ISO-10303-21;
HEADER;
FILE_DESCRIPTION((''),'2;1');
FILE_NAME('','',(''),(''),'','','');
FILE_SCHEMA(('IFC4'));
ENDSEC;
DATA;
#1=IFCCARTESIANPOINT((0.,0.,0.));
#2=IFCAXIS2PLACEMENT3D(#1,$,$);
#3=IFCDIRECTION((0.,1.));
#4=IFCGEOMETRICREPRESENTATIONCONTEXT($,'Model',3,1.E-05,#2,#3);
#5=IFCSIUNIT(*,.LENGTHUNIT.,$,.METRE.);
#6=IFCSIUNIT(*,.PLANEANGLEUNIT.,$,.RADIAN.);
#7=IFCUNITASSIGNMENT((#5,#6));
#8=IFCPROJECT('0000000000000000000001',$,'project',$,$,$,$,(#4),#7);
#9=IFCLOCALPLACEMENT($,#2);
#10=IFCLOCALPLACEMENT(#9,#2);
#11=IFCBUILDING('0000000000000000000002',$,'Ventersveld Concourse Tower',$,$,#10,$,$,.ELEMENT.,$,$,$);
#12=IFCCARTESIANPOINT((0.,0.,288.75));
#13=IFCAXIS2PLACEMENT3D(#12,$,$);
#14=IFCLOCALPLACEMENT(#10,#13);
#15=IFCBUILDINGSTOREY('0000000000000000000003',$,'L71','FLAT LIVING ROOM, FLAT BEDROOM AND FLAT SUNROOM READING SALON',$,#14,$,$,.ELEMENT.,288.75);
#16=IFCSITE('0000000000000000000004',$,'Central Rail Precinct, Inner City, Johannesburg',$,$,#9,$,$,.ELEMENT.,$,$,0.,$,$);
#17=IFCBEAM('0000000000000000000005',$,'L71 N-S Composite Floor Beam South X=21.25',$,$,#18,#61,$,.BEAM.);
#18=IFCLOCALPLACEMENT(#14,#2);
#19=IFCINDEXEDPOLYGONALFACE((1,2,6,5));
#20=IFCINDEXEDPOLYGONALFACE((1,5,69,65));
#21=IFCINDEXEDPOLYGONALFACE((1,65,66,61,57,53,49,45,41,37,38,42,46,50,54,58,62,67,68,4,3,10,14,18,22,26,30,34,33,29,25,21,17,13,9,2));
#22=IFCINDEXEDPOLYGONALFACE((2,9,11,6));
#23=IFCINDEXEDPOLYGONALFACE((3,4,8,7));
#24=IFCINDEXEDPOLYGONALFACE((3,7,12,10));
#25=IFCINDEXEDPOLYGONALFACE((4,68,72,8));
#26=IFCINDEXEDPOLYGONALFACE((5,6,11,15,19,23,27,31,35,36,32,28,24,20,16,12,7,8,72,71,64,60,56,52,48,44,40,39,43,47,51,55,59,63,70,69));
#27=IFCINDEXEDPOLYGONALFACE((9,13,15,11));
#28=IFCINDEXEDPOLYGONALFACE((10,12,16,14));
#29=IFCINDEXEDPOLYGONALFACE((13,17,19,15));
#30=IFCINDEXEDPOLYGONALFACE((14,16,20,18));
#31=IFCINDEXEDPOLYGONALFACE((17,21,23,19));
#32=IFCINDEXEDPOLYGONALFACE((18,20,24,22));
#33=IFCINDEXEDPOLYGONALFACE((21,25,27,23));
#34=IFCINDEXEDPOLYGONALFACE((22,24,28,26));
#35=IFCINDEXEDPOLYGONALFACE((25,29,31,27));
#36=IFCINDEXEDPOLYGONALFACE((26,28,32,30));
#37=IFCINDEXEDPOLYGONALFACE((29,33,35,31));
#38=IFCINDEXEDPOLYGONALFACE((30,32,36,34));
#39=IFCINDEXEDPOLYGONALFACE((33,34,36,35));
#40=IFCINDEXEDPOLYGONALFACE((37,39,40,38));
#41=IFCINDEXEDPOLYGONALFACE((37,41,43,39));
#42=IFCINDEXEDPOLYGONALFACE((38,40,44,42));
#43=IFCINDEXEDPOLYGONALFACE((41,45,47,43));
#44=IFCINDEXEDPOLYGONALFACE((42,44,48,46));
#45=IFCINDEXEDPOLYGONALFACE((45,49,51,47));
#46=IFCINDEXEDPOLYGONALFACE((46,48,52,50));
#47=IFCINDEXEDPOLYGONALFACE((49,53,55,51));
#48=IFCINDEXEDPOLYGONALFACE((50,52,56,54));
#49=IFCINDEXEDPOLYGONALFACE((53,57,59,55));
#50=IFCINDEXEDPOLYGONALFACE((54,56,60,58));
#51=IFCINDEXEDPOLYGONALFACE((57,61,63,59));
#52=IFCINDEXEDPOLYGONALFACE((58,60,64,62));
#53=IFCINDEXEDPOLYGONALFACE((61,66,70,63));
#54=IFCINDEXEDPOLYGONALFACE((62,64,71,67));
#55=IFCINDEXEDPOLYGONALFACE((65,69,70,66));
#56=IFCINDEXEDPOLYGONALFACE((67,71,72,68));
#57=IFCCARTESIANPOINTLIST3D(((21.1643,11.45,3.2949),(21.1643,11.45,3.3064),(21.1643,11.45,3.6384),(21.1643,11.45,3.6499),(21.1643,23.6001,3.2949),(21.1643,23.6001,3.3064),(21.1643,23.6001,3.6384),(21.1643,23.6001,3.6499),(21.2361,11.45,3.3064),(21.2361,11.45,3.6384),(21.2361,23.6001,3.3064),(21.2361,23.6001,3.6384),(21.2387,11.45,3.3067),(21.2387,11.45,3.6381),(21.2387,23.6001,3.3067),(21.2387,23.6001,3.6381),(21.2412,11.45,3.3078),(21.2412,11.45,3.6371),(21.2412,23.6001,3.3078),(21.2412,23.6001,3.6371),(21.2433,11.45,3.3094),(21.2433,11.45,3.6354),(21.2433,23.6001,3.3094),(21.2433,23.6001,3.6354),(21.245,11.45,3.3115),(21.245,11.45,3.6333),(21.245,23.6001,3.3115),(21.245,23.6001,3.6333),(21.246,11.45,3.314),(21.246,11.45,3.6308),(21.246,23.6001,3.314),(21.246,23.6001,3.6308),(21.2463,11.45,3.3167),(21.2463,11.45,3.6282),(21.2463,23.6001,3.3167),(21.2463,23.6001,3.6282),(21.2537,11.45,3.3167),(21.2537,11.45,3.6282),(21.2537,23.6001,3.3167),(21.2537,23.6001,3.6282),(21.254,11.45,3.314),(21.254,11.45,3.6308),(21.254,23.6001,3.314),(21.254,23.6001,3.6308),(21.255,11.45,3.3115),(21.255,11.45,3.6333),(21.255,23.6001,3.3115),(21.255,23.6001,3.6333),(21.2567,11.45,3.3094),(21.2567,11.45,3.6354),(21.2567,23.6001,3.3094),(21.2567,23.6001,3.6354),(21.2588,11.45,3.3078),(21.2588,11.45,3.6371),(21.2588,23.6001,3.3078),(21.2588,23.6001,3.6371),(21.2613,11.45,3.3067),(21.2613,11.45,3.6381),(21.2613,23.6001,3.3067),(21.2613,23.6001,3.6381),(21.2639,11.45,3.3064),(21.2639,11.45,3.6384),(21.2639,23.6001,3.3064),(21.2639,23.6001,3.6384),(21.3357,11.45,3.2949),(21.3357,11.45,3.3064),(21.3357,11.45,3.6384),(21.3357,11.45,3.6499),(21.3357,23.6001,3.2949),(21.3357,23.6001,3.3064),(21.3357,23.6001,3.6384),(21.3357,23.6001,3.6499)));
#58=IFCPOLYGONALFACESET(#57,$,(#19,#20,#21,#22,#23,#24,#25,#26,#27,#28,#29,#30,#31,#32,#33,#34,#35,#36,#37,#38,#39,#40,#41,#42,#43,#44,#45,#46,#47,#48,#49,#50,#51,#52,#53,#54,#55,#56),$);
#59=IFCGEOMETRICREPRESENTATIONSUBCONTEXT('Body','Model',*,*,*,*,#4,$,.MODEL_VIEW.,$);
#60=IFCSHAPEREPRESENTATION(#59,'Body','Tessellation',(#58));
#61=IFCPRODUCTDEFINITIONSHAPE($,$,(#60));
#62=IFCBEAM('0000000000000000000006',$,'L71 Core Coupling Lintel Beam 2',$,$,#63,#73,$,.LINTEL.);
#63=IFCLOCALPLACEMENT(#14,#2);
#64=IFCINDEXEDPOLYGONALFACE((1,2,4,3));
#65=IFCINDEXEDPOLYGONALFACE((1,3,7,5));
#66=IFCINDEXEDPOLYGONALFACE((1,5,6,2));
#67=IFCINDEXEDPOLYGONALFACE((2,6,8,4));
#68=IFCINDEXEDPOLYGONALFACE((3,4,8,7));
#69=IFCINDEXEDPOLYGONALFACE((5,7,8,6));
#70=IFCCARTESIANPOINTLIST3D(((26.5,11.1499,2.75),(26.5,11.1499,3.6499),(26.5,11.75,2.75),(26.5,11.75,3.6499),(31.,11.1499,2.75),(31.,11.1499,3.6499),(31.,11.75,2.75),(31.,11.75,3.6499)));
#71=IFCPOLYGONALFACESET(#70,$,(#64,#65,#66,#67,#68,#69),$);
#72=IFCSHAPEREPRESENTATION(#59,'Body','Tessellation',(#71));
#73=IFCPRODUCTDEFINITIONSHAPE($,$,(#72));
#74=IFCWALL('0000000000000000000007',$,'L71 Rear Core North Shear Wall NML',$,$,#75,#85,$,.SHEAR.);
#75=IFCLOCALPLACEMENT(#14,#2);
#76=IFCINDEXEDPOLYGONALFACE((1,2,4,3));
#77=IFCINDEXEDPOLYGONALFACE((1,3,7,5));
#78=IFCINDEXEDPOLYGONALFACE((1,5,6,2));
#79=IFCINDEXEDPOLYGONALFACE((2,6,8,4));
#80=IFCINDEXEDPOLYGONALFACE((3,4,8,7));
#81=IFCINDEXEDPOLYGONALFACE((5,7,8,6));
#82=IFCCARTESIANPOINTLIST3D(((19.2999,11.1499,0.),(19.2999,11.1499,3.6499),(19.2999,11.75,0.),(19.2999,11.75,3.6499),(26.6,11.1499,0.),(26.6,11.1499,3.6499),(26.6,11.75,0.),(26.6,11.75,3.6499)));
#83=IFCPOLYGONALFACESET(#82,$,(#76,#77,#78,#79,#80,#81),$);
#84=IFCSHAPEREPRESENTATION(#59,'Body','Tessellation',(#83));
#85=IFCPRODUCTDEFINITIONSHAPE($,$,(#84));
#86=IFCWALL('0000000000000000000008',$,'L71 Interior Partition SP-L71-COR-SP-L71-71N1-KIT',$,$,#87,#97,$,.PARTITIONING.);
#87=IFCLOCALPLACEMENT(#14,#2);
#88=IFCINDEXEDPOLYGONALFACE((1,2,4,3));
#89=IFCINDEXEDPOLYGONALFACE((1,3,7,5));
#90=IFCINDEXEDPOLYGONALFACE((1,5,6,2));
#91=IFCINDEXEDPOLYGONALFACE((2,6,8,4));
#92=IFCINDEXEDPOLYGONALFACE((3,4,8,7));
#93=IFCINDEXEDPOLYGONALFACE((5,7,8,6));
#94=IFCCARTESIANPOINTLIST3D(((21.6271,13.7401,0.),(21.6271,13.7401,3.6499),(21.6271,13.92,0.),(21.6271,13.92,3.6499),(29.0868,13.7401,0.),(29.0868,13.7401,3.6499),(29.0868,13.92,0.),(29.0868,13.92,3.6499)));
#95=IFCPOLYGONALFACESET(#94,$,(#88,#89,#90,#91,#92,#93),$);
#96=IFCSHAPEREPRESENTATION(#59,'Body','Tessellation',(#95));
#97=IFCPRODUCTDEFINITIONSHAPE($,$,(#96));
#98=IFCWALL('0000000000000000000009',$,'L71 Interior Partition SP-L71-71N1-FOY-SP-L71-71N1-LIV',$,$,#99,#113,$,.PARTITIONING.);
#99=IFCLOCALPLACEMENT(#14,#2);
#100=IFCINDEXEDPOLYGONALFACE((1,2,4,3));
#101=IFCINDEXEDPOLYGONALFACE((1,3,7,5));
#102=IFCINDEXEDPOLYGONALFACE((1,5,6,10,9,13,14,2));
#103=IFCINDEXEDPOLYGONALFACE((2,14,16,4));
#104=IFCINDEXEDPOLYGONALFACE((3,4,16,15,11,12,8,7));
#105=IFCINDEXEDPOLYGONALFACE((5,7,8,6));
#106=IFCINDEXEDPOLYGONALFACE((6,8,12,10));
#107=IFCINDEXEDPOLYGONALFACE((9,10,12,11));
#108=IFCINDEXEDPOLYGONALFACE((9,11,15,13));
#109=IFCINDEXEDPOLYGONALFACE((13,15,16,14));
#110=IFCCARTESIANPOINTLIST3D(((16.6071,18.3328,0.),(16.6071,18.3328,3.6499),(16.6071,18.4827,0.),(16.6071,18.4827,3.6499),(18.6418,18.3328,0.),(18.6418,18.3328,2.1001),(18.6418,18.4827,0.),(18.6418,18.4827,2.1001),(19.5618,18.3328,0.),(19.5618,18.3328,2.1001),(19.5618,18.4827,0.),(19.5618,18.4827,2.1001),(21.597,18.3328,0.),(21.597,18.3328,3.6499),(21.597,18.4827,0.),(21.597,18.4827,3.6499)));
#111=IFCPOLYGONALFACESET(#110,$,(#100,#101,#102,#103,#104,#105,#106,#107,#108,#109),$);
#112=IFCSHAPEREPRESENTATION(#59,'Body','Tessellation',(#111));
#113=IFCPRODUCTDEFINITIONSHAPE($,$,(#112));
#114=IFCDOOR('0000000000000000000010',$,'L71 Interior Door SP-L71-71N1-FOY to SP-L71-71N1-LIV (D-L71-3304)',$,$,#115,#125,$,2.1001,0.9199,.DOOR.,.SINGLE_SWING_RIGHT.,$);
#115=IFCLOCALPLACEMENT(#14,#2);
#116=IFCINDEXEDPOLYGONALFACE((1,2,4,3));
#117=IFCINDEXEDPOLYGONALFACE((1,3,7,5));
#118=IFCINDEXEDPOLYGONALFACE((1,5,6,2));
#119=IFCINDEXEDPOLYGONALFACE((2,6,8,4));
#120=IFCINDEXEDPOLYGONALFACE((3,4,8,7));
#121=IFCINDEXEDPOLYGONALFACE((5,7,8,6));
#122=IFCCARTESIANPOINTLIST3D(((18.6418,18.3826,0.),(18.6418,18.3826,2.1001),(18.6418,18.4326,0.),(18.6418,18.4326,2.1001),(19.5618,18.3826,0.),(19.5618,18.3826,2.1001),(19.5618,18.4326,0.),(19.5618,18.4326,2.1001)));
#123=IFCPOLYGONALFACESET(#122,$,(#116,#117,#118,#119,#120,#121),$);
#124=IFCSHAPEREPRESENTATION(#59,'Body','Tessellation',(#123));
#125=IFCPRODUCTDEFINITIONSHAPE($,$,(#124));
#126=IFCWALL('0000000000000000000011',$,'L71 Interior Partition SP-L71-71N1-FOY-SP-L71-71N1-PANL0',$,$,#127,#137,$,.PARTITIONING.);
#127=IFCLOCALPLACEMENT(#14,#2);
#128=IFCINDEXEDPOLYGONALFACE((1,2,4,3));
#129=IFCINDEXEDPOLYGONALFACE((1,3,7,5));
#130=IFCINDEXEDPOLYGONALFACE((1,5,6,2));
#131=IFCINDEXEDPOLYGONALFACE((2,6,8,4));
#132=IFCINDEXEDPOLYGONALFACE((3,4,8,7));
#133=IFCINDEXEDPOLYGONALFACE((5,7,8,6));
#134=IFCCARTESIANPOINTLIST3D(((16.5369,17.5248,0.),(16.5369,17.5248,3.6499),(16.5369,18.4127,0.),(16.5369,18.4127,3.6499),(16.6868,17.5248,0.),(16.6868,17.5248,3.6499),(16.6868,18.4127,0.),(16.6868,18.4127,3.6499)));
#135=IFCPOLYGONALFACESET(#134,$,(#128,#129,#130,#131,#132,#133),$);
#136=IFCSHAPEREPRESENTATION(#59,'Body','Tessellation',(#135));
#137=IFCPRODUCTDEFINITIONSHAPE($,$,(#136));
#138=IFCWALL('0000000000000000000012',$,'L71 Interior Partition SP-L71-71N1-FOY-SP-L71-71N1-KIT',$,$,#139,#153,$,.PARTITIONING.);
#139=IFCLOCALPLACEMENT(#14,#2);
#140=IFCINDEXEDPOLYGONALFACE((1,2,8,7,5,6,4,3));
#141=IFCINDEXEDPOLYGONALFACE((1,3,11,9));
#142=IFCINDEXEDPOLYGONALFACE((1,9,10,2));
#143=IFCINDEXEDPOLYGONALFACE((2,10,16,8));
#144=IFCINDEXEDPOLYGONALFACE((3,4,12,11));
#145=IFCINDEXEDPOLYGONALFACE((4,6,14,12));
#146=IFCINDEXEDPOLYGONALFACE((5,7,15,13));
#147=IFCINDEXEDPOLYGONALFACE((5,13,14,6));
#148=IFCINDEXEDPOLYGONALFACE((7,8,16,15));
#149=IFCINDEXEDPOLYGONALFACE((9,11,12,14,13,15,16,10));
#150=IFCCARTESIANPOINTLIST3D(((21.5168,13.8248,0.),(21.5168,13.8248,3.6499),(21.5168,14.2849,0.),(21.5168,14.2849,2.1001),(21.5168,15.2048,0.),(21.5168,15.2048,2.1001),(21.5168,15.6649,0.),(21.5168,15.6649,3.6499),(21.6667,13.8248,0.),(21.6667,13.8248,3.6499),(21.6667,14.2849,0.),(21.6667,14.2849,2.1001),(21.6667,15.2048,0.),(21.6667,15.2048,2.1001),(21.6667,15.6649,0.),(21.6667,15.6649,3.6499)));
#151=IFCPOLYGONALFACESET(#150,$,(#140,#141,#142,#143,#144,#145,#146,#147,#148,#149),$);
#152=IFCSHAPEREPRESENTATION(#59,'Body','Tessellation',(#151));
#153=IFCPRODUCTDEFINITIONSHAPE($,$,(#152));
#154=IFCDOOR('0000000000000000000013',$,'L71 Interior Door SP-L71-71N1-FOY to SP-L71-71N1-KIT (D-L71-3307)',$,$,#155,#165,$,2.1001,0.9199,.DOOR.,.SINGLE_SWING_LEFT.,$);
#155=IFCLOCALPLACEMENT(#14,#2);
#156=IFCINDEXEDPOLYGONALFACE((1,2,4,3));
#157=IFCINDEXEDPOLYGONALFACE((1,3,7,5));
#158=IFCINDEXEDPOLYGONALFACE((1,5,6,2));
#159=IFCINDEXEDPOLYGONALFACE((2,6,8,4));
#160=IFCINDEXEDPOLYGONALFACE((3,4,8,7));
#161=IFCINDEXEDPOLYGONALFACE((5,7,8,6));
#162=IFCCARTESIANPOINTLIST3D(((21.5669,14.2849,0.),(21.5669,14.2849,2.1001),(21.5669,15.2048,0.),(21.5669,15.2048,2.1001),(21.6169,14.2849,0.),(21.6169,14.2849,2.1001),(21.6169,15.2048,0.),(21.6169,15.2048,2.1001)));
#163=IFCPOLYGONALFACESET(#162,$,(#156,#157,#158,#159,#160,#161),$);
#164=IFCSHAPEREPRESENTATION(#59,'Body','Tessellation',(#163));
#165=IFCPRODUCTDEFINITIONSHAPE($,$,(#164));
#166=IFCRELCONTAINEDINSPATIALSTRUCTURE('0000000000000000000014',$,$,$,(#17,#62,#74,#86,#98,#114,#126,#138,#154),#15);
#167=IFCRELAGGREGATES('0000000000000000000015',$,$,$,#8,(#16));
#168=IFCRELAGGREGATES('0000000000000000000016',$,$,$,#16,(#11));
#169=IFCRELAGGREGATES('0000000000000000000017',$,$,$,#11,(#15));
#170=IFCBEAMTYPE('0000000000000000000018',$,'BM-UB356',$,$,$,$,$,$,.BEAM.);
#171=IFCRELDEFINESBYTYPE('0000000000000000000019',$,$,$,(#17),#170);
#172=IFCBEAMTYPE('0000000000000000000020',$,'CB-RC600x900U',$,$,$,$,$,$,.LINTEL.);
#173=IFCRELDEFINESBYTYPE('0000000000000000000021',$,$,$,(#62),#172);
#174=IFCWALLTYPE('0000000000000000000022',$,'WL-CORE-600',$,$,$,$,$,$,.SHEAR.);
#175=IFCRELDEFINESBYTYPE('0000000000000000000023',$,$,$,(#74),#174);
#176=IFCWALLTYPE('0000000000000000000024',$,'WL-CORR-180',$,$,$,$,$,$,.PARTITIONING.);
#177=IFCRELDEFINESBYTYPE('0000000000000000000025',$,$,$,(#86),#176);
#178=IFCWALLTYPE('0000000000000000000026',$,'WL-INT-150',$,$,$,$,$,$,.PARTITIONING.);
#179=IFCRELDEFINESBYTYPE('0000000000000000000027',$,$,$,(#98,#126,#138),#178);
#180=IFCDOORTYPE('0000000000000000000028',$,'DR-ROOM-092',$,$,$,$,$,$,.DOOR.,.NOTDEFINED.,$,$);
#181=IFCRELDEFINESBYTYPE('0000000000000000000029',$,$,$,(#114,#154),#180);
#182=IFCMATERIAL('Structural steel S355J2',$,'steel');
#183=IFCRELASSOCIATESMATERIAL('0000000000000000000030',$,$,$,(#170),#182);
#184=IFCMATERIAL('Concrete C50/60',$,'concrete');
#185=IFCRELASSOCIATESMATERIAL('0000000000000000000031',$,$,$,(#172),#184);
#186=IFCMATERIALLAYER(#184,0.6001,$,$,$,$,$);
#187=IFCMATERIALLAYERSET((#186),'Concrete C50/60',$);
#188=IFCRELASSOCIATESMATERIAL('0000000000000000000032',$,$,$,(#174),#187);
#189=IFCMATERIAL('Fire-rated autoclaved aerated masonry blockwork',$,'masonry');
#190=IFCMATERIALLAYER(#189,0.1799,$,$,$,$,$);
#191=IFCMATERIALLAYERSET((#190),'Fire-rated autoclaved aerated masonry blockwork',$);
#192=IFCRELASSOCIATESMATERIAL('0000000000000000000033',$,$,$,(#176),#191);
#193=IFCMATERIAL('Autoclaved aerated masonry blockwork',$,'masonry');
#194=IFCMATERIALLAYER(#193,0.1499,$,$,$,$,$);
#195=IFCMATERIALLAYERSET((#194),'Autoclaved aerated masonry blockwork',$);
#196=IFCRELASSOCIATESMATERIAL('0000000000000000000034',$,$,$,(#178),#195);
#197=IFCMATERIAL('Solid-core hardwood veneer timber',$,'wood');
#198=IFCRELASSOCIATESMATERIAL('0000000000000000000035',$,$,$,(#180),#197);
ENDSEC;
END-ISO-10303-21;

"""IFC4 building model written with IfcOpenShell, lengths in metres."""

from ifc_helpers import new_model, si_unit, direction, frame, frame_2d, origin, origin_2d, place, context, subcontext, project, spatial, rectangle, i_section, extrude, material, layer, layer_set, material_profile, profile_set, type_object, element, fill, save


model = new_model("IFC4")

# Units and contexts
model_context = context("Model", 3, precision=1e-05, world=origin(), true_north=direction((0.0, 1.0)))
body_context = subcontext(model_context, "Body", "Model", "MODEL_VIEW")
ifc_project = project(units=[si_unit("LENGTHUNIT", "METRE"), si_unit("PLANEANGLEUNIT", "RADIAN")], contexts=[model_context])

# Site, building, storey
site_placement = place(None, origin())
site = spatial("IfcSite", under=ifc_project, at=site_placement, Name="Central Rail Precinct, Inner City, Johannesburg", CompositionType="ELEMENT", RefElevation=0.0)
building_placement = place(site_placement, origin())
building = spatial("IfcBuilding", under=site, at=building_placement, Name="Ventersveld Concourse Tower", CompositionType="ELEMENT")
storey_placement = place(building_placement, frame((0.0, 0.0, 288.75)))
storey = spatial("IfcBuildingStorey", under=building, at=storey_placement, Name="L71", Description="FLAT LIVING ROOM, FLAT BEDROOM AND FLAT SUNROOM READING SALON", CompositionType="ELEMENT", Elevation=288.75)

# Beams
ifc_material_1 = material(Name="Structural steel S355J2", Category="steel")
ifc_material_profile_1 = material_profile(ifc_material_1, i_section(OverallWidth=0.1714, OverallDepth=0.355, WebThickness=0.0073, FlangeThickness=0.0115, FilletRadius=0.0103, at=origin_2d()), Name="UB 356x171x51")
ifc_profile_set_1 = profile_set([ifc_material_profile_1], Name="Structural steel S355J2")
beam_type_1 = type_object("IfcBeamType", Name="BM-UB356", PredefinedType="BEAM", material=ifc_profile_set_1)
beam_1_placement = place(storey_placement, frame((21.25, 11.45, 3.4724), z_axis=(0.0, 1.0, 0.0), x_axis=(-1.0, 0.0, 0.0)))
element("IfcBeam", 1, at=beam_1_placement, inside=storey, type_object=beam_type_1, Name="L71 N-S Composite Floor Beam South X=21.25", PredefinedType="BEAM", context=body_context, shape_type="SweptSolid", body=[
    extrude(i_section(OverallWidth=0.1714, OverallDepth=0.355, WebThickness=0.0073, FlangeThickness=0.0115, FilletRadius=0.0103, at=origin_2d()), origin(), (0.0, 0.0, 1.0), 12.1501),
])
ifc_material_2 = material(Name="Concrete C50/60", Category="concrete")
ifc_material_profile_2 = material_profile(ifc_material_2, rectangle(XDim=0.6001, YDim=0.8999, at=origin_2d()), Name="RC 600x900")
ifc_profile_set_2 = profile_set([ifc_material_profile_2], Name="Concrete C50/60")
beam_type_2 = type_object("IfcBeamType", Name="CB-RC600x900U", PredefinedType="LINTEL", material=ifc_profile_set_2)
beam_2_placement = place(storey_placement, frame((26.5, 11.45, 3.2), z_axis=(1.0, 0.0, 0.0), x_axis=(0.0, 1.0, 0.0)))
element("IfcBeam", 2, at=beam_2_placement, inside=storey, type_object=beam_type_2, Name="L71 Core Coupling Lintel Beam 2", PredefinedType="LINTEL", context=body_context, shape_type="SweptSolid", body=[
    extrude(rectangle(XDim=0.6001, YDim=0.8999, at=origin_2d()), origin(), (0.0, 0.0, 1.0), 4.5),
])

# Walls
ifc_layer_1 = layer(ifc_material_2, 0.6001)
ifc_layer_set_1 = layer_set([ifc_layer_1], Name="Concrete C50/60")
wall_type_1 = type_object("IfcWallType", Name="WL-CORE-600", PredefinedType="SHEAR", material=ifc_layer_set_1)
wall_1_placement = place(storey_placement, frame((19.3, 11.45, 0.0), z_axis=(0.0, 0.0, 1.0), x_axis=(1.0, 0.0, 0.0)))
element("IfcWall", 3, at=wall_1_placement, inside=storey, type_object=wall_type_1, Name="L71 Rear Core North Shear Wall NML", PredefinedType="SHEAR", context=body_context, shape_type="SweptSolid", body=[
    extrude(rectangle(XDim=7.3, YDim=0.6001, at=frame_2d((3.6499, 0.0))), origin(), (0.0, 0.0, 1.0), 3.6499),
])
ifc_material_3 = material(Name="Fire-rated autoclaved aerated masonry blockwork", Category="masonry")
ifc_layer_2 = layer(ifc_material_3, 0.1799)
ifc_layer_set_2 = layer_set([ifc_layer_2], Name="Fire-rated autoclaved aerated masonry blockwork")
wall_type_2 = type_object("IfcWallType", Name="WL-CORR-180", PredefinedType="PARTITIONING", material=ifc_layer_set_2)
wall_2_placement = place(storey_placement, frame((21.627, 13.8301, 0.0), z_axis=(0.0, 0.0, 1.0), x_axis=(1.0, 0.0, 0.0)))
element("IfcWall", 4, at=wall_2_placement, inside=storey, type_object=wall_type_2, Name="L71 Interior Partition SP-L71-COR-SP-L71-71N1-KIT", PredefinedType="PARTITIONING", context=body_context, shape_type="SweptSolid", body=[
    extrude(rectangle(XDim=7.4597, YDim=0.1799, at=frame_2d((3.73, 0.0))), origin(), (0.0, 0.0, 1.0), 3.6499),
])

# Wall, opening, door
ifc_material_4 = material(Name="Autoclaved aerated masonry blockwork", Category="masonry")
ifc_layer_3 = layer(ifc_material_4, 0.1499)
ifc_layer_set_3 = layer_set([ifc_layer_3], Name="Autoclaved aerated masonry blockwork")
wall_type_3 = type_object("IfcWallType", Name="WL-INT-150", PredefinedType="PARTITIONING", material=ifc_layer_set_3)
wall_3_placement = place(storey_placement, frame((16.6069, 18.4077, 0.0), z_axis=(0.0, 0.0, 1.0), x_axis=(1.0, 0.0, 0.0)))
wall_3 = element("IfcWall", 5, at=wall_3_placement, inside=storey, type_object=wall_type_3, Name="L71 Interior Partition SP-L71-71N1-FOY-SP-L71-71N1-LIV", PredefinedType="PARTITIONING", context=body_context, shape_type="SweptSolid", body=[
    extrude(rectangle(XDim=4.99, YDim=0.1499, at=frame_2d((2.4951, 0.0))), origin(), (0.0, 0.0, 1.0), 3.6499),
])
opening_1_placement = place(wall_3_placement, frame((2.0349, 0.0, 0.0)))
opening_1 = element("IfcOpeningElement", 6, at=opening_1_placement, cuts=wall_3, PredefinedType="OPENING", context=body_context, shape_type="SweptSolid", body=[
    extrude(rectangle(XDim=0.9199, YDim=2.1001, at=frame_2d((0.46, 1.05))), frame((0.0, 0.085, 0.0), z_axis=(0.0, -1.0, 0.0), x_axis=(1.0, 0.0, 0.0)), (0.0, 0.0, 1.0), 0.1699),
])
ifc_material_5 = material(Name="Solid-core hardwood veneer timber", Category="wood")
door_type_1 = type_object("IfcDoorType", Name="DR-ROOM-092", OperationType="NOTDEFINED", PredefinedType="DOOR", material=ifc_material_5)
door_1_placement = place(opening_1_placement, origin())
door_1 = element("IfcDoor", 7, at=door_1_placement, inside=storey, type_object=door_type_1, Name="L71 Interior Door SP-L71-71N1-FOY to SP-L71-71N1-LIV (D-L71-3304)", OperationType="SINGLE_SWING_RIGHT", OverallHeight=2.1001, OverallWidth=0.9199, PredefinedType="DOOR", context=body_context, shape_type="SweptSolid", body=[
    extrude(rectangle(XDim=0.9199, YDim=2.1001, at=frame_2d((0.46, 1.05))), frame((0.0, 0.0249, 0.0), z_axis=(0.0, -1.0, 0.0), x_axis=(1.0, 0.0, 0.0)), (0.0, 0.0, 1.0), 0.05),
])
fill(opening_1, door_1)

# Wall
wall_4_placement = place(storey_placement, frame((16.6118, 17.5249, 0.0), z_axis=(0.0, 0.0, 1.0), x_axis=(0.0, 1.0, 0.0)))
element("IfcWall", 8, at=wall_4_placement, inside=storey, type_object=wall_type_3, Name="L71 Interior Partition SP-L71-71N1-FOY-SP-L71-71N1-PANL0", PredefinedType="PARTITIONING", context=body_context, shape_type="SweptSolid", body=[
    extrude(rectangle(XDim=0.8879, YDim=0.1499, at=frame_2d((0.4438, 0.0))), origin(), (0.0, 0.0, 1.0), 3.6499),
])

# Wall, opening, door
wall_5_placement = place(storey_placement, frame((21.5918, 13.825, 0.0), z_axis=(0.0, 0.0, 1.0), x_axis=(0.0, 1.0, 0.0)))
wall_5 = element("IfcWall", 9, at=wall_5_placement, inside=storey, type_object=wall_type_3, Name="L71 Interior Partition SP-L71-71N1-FOY-SP-L71-71N1-KIT", PredefinedType="PARTITIONING", context=body_context, shape_type="SweptSolid", body=[
    extrude(rectangle(XDim=1.8401, YDim=0.1499, at=frame_2d((0.9199, 0.0))), origin(), (0.0, 0.0, 1.0), 3.6499),
])
opening_2_placement = place(wall_5_placement, frame((0.46, 0.0, 0.0)))
opening_2 = element("IfcOpeningElement", 10, at=opening_2_placement, cuts=wall_5, PredefinedType="OPENING", context=body_context, shape_type="SweptSolid", body=[
    extrude(rectangle(XDim=0.9199, YDim=2.1001, at=frame_2d((0.46, 1.05))), frame((0.0, 0.085, 0.0), z_axis=(0.0, -1.0, 0.0), x_axis=(1.0, 0.0, 0.0)), (0.0, 0.0, 1.0), 0.1699),
])
door_2_placement = place(opening_2_placement, origin())
door_2 = element("IfcDoor", 11, at=door_2_placement, inside=storey, type_object=door_type_1, Name="L71 Interior Door SP-L71-71N1-FOY to SP-L71-71N1-KIT (D-L71-3307)", OperationType="SINGLE_SWING_LEFT", OverallHeight=2.1001, OverallWidth=0.9199, PredefinedType="DOOR", context=body_context, shape_type="SweptSolid", body=[
    extrude(rectangle(XDim=0.9199, YDim=2.1001, at=frame_2d((0.46, 1.05))), frame((0.0, 0.0249, 0.0), z_axis=(0.0, -1.0, 0.0), x_axis=(1.0, 0.0, 0.0)), (0.0, 0.0, 1.0), 0.05),
])
fill(opening_2, door_2)

save(model, "model.ifc")
